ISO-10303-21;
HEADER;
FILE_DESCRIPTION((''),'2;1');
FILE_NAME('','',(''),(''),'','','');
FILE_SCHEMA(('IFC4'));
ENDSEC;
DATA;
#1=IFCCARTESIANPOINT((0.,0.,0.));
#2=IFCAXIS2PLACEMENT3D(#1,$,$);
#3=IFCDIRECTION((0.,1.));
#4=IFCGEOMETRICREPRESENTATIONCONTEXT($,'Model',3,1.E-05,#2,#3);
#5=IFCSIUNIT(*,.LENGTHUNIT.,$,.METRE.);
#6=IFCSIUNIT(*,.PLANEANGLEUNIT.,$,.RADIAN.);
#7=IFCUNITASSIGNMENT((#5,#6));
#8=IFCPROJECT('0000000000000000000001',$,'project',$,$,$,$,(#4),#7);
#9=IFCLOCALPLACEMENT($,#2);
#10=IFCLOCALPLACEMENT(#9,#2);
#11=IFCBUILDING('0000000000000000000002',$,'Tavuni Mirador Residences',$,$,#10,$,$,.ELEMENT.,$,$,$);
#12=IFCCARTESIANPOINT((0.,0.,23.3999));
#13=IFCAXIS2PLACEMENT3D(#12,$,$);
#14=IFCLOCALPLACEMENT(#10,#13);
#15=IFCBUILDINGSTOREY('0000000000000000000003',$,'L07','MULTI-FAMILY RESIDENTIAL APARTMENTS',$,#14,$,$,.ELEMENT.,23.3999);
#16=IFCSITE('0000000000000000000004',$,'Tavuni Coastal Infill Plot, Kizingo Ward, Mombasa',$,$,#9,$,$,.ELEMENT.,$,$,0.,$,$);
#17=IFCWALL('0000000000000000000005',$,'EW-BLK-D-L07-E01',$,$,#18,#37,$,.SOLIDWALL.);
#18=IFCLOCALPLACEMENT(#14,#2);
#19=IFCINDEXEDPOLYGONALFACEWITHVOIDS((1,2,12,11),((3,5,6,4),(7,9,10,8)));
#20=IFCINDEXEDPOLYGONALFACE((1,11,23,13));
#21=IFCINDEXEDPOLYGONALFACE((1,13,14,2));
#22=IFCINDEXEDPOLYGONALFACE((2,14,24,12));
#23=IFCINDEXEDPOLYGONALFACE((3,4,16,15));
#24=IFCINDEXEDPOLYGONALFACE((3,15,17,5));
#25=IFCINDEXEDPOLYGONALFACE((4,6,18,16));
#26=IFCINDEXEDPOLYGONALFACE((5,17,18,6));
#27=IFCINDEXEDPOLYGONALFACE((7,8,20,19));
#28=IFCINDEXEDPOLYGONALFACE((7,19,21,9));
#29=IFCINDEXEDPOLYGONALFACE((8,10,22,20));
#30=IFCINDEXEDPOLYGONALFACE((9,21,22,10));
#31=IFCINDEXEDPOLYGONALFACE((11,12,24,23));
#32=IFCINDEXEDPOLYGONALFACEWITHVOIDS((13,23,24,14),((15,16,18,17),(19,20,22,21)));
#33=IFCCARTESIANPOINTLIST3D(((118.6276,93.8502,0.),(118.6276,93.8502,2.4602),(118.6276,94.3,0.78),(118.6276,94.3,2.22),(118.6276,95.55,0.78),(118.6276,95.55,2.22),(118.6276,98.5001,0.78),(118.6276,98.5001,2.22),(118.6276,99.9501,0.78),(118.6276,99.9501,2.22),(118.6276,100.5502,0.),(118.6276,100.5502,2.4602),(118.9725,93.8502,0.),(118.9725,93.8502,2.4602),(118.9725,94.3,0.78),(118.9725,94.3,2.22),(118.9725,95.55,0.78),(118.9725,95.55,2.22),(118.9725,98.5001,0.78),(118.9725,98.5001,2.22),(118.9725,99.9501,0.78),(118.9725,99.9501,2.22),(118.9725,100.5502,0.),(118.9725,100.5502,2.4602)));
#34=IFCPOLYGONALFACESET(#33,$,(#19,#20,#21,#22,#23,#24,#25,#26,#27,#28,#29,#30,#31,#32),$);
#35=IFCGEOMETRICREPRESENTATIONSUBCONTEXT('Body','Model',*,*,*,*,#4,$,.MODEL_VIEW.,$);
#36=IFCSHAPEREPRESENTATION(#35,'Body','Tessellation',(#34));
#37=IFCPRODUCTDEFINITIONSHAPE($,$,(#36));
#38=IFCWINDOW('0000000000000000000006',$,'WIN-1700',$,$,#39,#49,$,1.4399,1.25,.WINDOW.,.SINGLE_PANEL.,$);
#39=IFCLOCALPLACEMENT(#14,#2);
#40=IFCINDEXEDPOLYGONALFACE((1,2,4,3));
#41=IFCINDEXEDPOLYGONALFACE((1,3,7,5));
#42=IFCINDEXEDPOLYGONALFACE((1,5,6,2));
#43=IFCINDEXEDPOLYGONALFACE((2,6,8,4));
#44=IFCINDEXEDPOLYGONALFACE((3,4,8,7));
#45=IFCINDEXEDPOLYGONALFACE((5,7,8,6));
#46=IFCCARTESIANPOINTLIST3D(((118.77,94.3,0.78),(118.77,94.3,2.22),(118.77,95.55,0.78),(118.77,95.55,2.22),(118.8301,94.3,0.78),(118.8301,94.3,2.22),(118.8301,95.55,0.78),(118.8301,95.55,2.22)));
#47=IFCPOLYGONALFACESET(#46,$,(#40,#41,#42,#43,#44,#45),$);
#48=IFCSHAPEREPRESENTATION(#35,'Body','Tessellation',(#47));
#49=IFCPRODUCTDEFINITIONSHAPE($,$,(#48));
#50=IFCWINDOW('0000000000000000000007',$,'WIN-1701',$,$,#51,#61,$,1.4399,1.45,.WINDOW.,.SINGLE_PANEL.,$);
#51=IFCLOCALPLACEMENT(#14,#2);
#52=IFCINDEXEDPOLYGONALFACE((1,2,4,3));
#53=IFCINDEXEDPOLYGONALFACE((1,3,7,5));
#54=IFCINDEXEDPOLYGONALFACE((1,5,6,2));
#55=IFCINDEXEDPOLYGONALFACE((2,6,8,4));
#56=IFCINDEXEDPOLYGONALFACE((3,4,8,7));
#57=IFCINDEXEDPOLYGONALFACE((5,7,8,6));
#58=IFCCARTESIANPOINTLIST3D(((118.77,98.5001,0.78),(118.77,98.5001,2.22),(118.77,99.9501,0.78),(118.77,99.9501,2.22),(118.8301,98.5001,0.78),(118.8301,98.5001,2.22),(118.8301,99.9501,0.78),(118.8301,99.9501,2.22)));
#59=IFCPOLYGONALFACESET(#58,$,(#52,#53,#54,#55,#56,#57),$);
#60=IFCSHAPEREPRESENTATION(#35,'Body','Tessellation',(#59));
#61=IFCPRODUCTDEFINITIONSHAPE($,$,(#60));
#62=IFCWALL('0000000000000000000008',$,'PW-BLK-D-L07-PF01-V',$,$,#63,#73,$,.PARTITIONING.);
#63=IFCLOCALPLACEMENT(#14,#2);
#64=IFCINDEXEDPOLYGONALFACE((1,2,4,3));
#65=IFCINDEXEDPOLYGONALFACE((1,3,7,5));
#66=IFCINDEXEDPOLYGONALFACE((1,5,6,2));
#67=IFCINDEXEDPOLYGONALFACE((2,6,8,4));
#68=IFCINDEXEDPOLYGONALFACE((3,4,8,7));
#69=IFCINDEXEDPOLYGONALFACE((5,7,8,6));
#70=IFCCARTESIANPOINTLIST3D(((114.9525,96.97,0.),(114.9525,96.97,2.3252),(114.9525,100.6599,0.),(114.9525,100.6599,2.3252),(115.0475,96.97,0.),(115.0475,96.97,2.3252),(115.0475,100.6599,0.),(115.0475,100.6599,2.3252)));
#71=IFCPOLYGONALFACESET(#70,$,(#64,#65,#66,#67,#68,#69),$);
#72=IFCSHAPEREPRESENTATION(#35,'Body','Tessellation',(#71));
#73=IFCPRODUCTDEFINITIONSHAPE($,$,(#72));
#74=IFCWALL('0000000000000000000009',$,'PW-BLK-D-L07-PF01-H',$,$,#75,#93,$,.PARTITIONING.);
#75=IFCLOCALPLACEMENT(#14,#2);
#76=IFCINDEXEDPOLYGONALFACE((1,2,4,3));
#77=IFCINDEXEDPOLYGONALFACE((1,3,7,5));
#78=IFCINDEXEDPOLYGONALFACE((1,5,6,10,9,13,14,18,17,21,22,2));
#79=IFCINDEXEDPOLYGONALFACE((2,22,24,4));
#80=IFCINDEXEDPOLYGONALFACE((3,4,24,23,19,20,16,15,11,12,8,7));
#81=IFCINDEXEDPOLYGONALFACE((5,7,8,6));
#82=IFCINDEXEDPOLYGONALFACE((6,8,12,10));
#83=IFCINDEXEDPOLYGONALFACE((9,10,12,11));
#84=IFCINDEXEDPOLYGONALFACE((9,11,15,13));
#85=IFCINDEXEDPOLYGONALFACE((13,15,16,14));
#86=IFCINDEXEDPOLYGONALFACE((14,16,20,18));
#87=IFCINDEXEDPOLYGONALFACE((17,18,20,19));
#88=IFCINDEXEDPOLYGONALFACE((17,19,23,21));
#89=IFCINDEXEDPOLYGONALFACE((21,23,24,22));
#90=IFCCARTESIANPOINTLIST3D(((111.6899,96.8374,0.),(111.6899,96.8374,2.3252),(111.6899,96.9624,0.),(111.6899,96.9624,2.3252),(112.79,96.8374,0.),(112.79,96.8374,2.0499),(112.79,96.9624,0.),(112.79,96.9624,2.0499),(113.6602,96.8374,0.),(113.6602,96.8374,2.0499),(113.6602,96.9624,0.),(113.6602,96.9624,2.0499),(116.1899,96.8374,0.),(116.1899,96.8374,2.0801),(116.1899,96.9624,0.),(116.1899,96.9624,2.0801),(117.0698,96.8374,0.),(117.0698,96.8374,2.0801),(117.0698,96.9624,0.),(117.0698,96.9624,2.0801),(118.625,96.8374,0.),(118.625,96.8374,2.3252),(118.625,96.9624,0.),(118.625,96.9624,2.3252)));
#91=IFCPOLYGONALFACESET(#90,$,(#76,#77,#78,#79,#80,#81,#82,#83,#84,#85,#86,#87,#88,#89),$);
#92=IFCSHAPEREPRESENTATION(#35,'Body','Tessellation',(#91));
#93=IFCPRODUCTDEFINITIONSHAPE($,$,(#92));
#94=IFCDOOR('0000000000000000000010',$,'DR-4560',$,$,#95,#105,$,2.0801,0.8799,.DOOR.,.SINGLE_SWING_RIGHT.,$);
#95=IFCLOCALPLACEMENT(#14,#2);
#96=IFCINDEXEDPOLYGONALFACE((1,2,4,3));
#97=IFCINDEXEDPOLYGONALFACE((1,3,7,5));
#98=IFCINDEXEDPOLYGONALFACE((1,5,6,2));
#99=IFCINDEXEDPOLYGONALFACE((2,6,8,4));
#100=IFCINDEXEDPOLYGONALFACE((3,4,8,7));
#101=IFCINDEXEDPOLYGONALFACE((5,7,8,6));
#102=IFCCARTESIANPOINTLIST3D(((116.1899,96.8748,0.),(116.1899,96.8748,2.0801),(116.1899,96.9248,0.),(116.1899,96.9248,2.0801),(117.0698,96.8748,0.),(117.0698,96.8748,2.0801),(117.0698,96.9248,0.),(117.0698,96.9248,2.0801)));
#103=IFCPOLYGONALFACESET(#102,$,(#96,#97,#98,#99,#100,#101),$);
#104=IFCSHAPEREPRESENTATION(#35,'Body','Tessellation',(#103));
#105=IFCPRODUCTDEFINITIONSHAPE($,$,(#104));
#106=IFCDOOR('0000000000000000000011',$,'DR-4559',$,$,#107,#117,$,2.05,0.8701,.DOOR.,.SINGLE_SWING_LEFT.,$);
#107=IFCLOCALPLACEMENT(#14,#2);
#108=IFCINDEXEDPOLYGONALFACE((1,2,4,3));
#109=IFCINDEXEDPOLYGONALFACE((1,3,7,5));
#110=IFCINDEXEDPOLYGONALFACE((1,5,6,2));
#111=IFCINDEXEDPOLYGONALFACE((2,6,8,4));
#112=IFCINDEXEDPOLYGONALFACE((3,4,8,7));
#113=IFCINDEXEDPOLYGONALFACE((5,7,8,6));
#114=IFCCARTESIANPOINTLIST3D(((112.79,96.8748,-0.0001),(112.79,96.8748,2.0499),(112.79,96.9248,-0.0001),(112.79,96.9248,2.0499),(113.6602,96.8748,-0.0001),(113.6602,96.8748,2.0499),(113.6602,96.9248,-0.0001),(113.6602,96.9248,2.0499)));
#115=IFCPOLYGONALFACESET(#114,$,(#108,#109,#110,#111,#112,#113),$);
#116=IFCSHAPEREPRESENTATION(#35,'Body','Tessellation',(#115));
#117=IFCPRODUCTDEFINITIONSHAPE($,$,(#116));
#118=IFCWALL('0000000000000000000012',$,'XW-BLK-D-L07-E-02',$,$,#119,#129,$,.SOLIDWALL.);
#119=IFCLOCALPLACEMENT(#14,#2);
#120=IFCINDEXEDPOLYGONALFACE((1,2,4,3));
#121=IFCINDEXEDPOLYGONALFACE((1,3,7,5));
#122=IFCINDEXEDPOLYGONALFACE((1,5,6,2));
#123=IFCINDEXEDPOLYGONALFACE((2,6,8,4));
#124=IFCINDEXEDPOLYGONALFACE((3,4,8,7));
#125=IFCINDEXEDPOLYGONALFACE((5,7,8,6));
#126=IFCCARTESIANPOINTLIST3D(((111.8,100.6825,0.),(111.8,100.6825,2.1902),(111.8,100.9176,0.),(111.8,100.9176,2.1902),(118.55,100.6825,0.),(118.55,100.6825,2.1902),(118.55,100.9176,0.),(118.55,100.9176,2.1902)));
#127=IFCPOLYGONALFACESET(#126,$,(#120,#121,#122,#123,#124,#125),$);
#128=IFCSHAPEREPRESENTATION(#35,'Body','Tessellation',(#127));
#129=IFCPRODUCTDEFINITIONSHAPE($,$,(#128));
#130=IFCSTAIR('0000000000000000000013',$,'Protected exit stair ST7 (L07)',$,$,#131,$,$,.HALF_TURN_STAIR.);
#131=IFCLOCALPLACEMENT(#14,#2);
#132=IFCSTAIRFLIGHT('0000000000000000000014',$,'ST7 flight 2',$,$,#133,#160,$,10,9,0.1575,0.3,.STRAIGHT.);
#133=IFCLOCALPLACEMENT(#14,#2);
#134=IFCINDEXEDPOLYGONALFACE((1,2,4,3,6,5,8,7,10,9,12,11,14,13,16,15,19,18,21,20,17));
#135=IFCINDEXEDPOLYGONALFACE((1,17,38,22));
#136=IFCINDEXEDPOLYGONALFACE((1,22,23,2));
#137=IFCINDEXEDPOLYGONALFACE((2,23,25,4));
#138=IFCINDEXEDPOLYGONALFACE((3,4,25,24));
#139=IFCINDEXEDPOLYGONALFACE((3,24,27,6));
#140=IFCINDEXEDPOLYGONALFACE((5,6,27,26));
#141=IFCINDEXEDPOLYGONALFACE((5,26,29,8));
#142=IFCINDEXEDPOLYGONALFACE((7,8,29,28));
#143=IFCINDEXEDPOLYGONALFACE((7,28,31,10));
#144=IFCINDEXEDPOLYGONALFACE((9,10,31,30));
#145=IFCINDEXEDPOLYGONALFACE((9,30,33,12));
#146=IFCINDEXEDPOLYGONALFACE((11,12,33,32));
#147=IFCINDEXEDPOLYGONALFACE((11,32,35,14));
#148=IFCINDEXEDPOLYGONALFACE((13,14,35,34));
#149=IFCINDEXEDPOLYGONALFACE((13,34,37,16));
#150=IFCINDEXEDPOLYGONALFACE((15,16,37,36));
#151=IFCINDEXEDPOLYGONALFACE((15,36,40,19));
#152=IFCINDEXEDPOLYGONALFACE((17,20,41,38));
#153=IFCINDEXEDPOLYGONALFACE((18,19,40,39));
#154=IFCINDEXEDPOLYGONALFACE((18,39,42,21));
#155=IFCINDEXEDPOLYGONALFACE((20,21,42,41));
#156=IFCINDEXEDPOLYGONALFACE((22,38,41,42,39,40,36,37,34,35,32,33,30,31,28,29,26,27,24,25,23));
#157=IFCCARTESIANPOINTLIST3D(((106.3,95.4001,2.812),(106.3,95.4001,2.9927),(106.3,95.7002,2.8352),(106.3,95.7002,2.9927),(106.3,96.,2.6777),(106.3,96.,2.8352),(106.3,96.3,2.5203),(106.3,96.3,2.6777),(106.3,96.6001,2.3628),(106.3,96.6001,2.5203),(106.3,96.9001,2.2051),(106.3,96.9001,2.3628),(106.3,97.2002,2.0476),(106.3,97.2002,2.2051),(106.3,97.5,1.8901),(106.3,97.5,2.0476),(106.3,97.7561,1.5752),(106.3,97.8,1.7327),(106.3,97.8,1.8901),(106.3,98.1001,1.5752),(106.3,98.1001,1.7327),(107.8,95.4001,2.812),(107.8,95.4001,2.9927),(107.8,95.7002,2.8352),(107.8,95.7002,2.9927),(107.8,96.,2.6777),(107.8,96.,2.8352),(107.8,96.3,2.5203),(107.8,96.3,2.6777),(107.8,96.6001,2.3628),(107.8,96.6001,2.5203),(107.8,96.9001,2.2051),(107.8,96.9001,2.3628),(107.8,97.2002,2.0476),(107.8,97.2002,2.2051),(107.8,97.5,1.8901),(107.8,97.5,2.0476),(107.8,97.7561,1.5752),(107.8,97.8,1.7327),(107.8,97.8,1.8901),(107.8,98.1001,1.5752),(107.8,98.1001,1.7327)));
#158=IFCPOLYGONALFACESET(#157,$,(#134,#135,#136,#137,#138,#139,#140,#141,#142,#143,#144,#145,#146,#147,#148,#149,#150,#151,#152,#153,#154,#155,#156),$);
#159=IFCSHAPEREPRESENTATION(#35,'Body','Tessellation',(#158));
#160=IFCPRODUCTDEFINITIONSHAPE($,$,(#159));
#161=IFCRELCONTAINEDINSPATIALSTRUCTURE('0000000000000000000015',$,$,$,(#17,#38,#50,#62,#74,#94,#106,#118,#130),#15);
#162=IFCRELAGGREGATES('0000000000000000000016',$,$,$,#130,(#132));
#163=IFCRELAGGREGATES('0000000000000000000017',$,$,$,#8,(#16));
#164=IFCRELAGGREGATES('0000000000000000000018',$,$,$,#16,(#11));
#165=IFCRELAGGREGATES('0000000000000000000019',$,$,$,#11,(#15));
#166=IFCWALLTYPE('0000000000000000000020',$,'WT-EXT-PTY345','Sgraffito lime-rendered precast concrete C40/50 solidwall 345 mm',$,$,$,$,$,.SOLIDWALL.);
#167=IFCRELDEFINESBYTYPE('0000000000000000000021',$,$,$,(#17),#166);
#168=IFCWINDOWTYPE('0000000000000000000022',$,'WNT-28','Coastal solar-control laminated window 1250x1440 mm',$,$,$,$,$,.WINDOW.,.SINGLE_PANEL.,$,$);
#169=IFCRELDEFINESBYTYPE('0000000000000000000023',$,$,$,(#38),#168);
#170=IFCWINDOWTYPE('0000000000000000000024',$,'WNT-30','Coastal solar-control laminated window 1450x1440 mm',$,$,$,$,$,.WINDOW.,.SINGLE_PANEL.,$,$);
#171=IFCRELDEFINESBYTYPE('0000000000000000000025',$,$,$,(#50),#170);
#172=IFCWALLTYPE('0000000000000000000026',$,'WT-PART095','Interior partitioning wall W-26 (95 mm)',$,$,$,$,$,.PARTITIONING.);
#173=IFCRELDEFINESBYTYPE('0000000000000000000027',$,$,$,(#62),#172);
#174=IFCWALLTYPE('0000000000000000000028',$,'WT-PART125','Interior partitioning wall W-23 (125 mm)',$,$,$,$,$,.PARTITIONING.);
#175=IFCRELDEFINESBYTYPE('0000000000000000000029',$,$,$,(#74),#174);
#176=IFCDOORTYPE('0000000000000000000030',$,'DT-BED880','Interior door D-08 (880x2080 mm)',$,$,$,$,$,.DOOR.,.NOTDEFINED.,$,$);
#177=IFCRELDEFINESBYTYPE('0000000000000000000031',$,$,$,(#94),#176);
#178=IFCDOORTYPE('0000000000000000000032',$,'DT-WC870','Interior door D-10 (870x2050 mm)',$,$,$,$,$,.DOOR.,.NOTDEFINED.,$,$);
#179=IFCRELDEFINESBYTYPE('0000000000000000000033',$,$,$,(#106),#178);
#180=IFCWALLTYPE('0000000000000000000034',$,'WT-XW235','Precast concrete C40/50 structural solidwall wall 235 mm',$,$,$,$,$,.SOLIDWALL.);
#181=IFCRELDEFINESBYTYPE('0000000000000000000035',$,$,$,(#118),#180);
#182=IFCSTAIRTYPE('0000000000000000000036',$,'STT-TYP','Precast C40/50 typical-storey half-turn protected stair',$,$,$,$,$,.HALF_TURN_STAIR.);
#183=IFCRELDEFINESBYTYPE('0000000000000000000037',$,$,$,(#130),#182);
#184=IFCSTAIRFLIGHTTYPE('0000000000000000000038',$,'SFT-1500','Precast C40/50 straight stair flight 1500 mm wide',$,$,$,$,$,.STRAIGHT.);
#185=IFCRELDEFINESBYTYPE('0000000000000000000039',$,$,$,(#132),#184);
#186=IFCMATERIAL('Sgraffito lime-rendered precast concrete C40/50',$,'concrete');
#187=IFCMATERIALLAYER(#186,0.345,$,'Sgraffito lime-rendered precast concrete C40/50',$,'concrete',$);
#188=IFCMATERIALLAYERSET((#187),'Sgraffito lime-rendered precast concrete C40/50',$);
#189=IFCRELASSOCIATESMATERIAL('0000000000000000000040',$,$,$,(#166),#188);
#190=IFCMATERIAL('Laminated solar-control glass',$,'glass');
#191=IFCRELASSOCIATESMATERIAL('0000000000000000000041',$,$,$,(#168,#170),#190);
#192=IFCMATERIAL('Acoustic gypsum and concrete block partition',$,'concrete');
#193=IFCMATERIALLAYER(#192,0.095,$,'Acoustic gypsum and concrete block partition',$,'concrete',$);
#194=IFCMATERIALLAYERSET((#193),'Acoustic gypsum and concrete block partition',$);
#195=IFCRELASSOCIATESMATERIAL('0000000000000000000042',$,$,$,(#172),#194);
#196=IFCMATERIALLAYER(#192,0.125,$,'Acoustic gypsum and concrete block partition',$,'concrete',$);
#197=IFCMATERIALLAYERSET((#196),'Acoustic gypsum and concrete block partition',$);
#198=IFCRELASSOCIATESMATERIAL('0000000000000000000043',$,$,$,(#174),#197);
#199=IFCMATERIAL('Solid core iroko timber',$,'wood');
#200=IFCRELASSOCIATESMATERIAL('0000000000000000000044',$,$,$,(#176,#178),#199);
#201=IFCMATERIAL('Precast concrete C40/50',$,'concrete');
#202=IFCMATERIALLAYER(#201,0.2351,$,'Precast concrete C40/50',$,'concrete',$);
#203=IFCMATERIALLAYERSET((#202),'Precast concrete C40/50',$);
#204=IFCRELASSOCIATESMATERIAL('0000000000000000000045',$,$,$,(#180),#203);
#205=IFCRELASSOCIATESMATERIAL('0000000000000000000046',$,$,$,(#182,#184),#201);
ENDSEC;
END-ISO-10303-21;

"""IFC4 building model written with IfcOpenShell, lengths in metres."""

from ifc_helpers import new_model, si_unit, direction, frame, frame_2d, origin, place, context, subcontext, project, spatial, polyline, rectangle, outline, extrude, material, layer, layer_set, type_object, element, fill, aggregate, save


model = new_model("IFC4")

# Units and contexts
model_context = context("Model", 3, precision=1e-05, world=origin(), true_north=direction((0.0, 1.0)))
body_context = subcontext(model_context, "Body", "Model", "MODEL_VIEW")
ifc_project = project(units=[si_unit("LENGTHUNIT", "METRE"), si_unit("PLANEANGLEUNIT", "RADIAN")], contexts=[model_context])

# Site, building, storey
site_placement = place(None, origin())
site = spatial("IfcSite", under=ifc_project, at=site_placement, Name="Tavuni Coastal Infill Plot, Kizingo Ward, Mombasa", CompositionType="ELEMENT", RefElevation=0.0)
building_placement = place(site_placement, origin())
building = spatial("IfcBuilding", under=site, at=building_placement, Name="Tavuni Mirador Residences", CompositionType="ELEMENT")
storey_placement = place(building_placement, frame((0.0, 0.0, 23.3999)))
storey = spatial("IfcBuildingStorey", under=building, at=storey_placement, Name="L07", Description="MULTI-FAMILY RESIDENTIAL APARTMENTS", CompositionType="ELEMENT", Elevation=23.3999)

# Shared definitions
ifc_material_1 = material(Name="Precast concrete C40/50", Category="concrete")

# Shared definitions
ifc_material_2 = material(Name="Solid core iroko timber", Category="wood")

# Wall, openings, windows
ifc_material_3 = material(Name="Sgraffito lime-rendered precast concrete C40/50", Category="concrete")
ifc_layer_1 = layer(ifc_material_3, 0.345, Name="Sgraffito lime-rendered precast concrete C40/50", Category="concrete")
ifc_layer_set_1 = layer_set([ifc_layer_1], Name="Sgraffito lime-rendered precast concrete C40/50")
wall_type_1 = type_object("IfcWallType", Name="WT-EXT-PTY345", Description="Sgraffito lime-rendered precast concrete C40/50 solidwall 345 mm", PredefinedType="SOLIDWALL", material=ifc_layer_set_1)
wall_1_placement = place(storey_placement, frame((118.8, 93.8501, 0.0), z_axis=(0.0, 0.0, 1.0), x_axis=(0.0, 1.0, 0.0)))
wall_1 = element("IfcWall", 1, at=wall_1_placement, inside=storey, type_object=wall_type_1, Name="EW-BLK-D-L07-E01", PredefinedType="SOLIDWALL", context=body_context, shape_type="SweptSolid", body=[
    extrude(rectangle(XDim=6.7, YDim=0.345, at=frame_2d((3.3501, 0.0))), origin(), (0.0, 0.0, 1.0), 2.4602),
])
opening_1_placement = place(wall_1_placement, frame((0.45, 0.0, 0.78)))
opening_1 = element("IfcOpeningElement", 2, at=opening_1_placement, cuts=wall_1, PredefinedType="OPENING", context=body_context, shape_type="SweptSolid", body=[
    extrude(rectangle(XDim=1.25, YDim=1.4399, at=frame_2d((0.625, 0.72))), frame((0.0, 0.1826, 0.0), z_axis=(0.0, -1.0, 0.0), x_axis=(1.0, 0.0, 0.0)), (0.0, 0.0, 1.0), 0.365),
])
opening_2_placement = place(wall_1_placement, frame((4.6499, 0.0, 0.78)))
opening_2 = element("IfcOpeningElement", 3, at=opening_2_placement, cuts=wall_1, PredefinedType="OPENING", context=body_context, shape_type="SweptSolid", body=[
    extrude(rectangle(XDim=1.45, YDim=1.4399, at=frame_2d((0.7251, 0.72))), frame((0.0, 0.1826, 0.0), z_axis=(0.0, -1.0, 0.0), x_axis=(1.0, 0.0, 0.0)), (0.0, 0.0, 1.0), 0.365),
])
ifc_material_4 = material(Name="Laminated solar-control glass", Category="glass")
window_type_1 = type_object("IfcWindowType", Name="WNT-28", Description="Coastal solar-control laminated window 1250x1440 mm", PartitioningType="SINGLE_PANEL", PredefinedType="WINDOW", material=ifc_material_4)
window_1_placement = place(opening_1_placement, origin())
window_1 = element("IfcWindow", 4, at=window_1_placement, inside=storey, type_object=window_type_1, Name="WIN-1700", OverallHeight=1.4399, OverallWidth=1.25, PartitioningType="SINGLE_PANEL", PredefinedType="WINDOW", context=body_context, shape_type="SweptSolid", body=[
    extrude(rectangle(XDim=1.25, YDim=1.4399, at=frame_2d((0.625, 0.72))), frame((0.0, 0.03, 0.0), z_axis=(0.0, -1.0, 0.0), x_axis=(1.0, 0.0, 0.0)), (0.0, 0.0, 1.0), 0.0601),
])
fill(opening_1, window_1)
window_type_2 = type_object("IfcWindowType", Name="WNT-30", Description="Coastal solar-control laminated window 1450x1440 mm", PartitioningType="SINGLE_PANEL", PredefinedType="WINDOW", material=ifc_material_4)
window_2_placement = place(opening_2_placement, origin())
window_2 = element("IfcWindow", 5, at=window_2_placement, inside=storey, type_object=window_type_2, Name="WIN-1701", OverallHeight=1.4399, OverallWidth=1.45, PartitioningType="SINGLE_PANEL", PredefinedType="WINDOW", context=body_context, shape_type="SweptSolid", body=[
    extrude(rectangle(XDim=1.45, YDim=1.4399, at=frame_2d((0.7251, 0.72))), frame((0.0, 0.03, 0.0), z_axis=(0.0, -1.0, 0.0), x_axis=(1.0, 0.0, 0.0)), (0.0, 0.0, 1.0), 0.0601),
])
fill(opening_2, window_2)

# Wall
ifc_material_5 = material(Name="Acoustic gypsum and concrete block partition", Category="concrete")
ifc_layer_2 = layer(ifc_material_5, 0.095, Name="Acoustic gypsum and concrete block partition", Category="concrete")
ifc_layer_set_2 = layer_set([ifc_layer_2], Name="Acoustic gypsum and concrete block partition")
wall_type_2 = type_object("IfcWallType", Name="WT-PART095", Description="Interior partitioning wall W-26 (95 mm)", PredefinedType="PARTITIONING", material=ifc_layer_set_2)
wall_2_placement = place(storey_placement, frame((115.0, 96.97, 0.0), z_axis=(0.0, 0.0, 1.0), x_axis=(0.0, 1.0, 0.0)))
element("IfcWall", 6, at=wall_2_placement, inside=storey, type_object=wall_type_2, Name="PW-BLK-D-L07-PF01-V", PredefinedType="PARTITIONING", context=body_context, shape_type="SweptSolid", body=[
    extrude(rectangle(XDim=3.6899, YDim=0.095, at=frame_2d((1.845, 0.0))), origin(), (0.0, 0.0, 1.0), 2.3252),
])

# Wall, openings, doors
ifc_layer_3 = layer(ifc_material_5, 0.125, Name="Acoustic gypsum and concrete block partition", Category="concrete")
ifc_layer_set_3 = layer_set([ifc_layer_3], Name="Acoustic gypsum and concrete block partition")
wall_type_3 = type_object("IfcWallType", Name="WT-PART125", Description="Interior partitioning wall W-23 (125 mm)", PredefinedType="PARTITIONING", material=ifc_layer_set_3)
wall_3_placement = place(storey_placement, frame((111.6899, 96.8999, 0.0), z_axis=(0.0, 0.0, 1.0), x_axis=(1.0, 0.0, 0.0)))
wall_3 = element("IfcWall", 7, at=wall_3_placement, inside=storey, type_object=wall_type_3, Name="PW-BLK-D-L07-PF01-H", PredefinedType="PARTITIONING", context=body_context, shape_type="SweptSolid", body=[
    extrude(rectangle(XDim=6.9351, YDim=0.125, at=frame_2d((3.4675, 0.0))), origin(), (0.0, 0.0, 1.0), 2.3252),
])
opening_3_placement = place(wall_3_placement, frame((1.1001, 0.0, 0.0)))
opening_3 = element("IfcOpeningElement", 8, at=opening_3_placement, cuts=wall_3, PredefinedType="OPENING", context=body_context, shape_type="SweptSolid", body=[
    extrude(rectangle(XDim=0.8701, YDim=2.05, at=frame_2d((0.4351, 1.0249))), frame((0.0, 0.0725, 0.0), z_axis=(0.0, -1.0, 0.0), x_axis=(1.0, 0.0, 0.0)), (0.0, 0.0, 1.0), 0.145),
])
opening_4_placement = place(wall_3_placement, frame((4.5, 0.0, 0.0)))
opening_4 = element("IfcOpeningElement", 9, at=opening_4_placement, cuts=wall_3, PredefinedType="OPENING", context=body_context, shape_type="SweptSolid", body=[
    extrude(rectangle(XDim=0.8799, YDim=2.0801, at=frame_2d((0.4399, 1.04))), frame((0.0, 0.0725, 0.0), z_axis=(0.0, -1.0, 0.0), x_axis=(1.0, 0.0, 0.0)), (0.0, 0.0, 1.0), 0.145),
])
door_type_1 = type_object("IfcDoorType", Name="DT-BED880", Description="Interior door D-08 (880x2080 mm)", OperationType="NOTDEFINED", PredefinedType="DOOR", material=ifc_material_2)
door_1_placement = place(opening_4_placement, origin())
door_1 = element("IfcDoor", 10, at=door_1_placement, inside=storey, type_object=door_type_1, Name="DR-4560", OperationType="SINGLE_SWING_RIGHT", OverallHeight=2.0801, OverallWidth=0.8799, PredefinedType="DOOR", context=body_context, shape_type="SweptSolid", body=[
    extrude(rectangle(XDim=0.8799, YDim=2.0801, at=frame_2d((0.4399, 1.04))), frame((0.0, 0.0249, 0.0), z_axis=(0.0, -1.0, 0.0), x_axis=(1.0, 0.0, 0.0)), (0.0, 0.0, 1.0), 0.05),
])
fill(opening_4, door_1)
door_type_2 = type_object("IfcDoorType", Name="DT-WC870", Description="Interior door D-10 (870x2050 mm)", OperationType="NOTDEFINED", PredefinedType="DOOR", material=ifc_material_2)
door_2_placement = place(opening_3_placement, origin())
door_2 = element("IfcDoor", 11, at=door_2_placement, inside=storey, type_object=door_type_2, Name="DR-4559", OperationType="SINGLE_SWING_LEFT", OverallHeight=2.05, OverallWidth=0.8701, PredefinedType="DOOR", context=body_context, shape_type="SweptSolid", body=[
    extrude(rectangle(XDim=0.8701, YDim=2.05, at=frame_2d((0.4351, 1.0249))), frame((0.0, 0.0249, 0.0), z_axis=(0.0, -1.0, 0.0), x_axis=(1.0, 0.0, 0.0)), (0.0, 0.0, 1.0), 0.05),
])
fill(opening_3, door_2)

# Shared definitions
ifc_layer_4 = layer(ifc_material_1, 0.2351, Name="Precast concrete C40/50", Category="concrete")
ifc_layer_set_4 = layer_set([ifc_layer_4], Name="Precast concrete C40/50")
wall_type_4 = type_object("IfcWallType", Name="WT-XW235", Description="Precast concrete C40/50 structural solidwall wall 235 mm", PredefinedType="SOLIDWALL", material=ifc_layer_set_4)

# Wall
wall_4_placement = place(storey_placement, frame((111.8, 100.8, 0.0), z_axis=(0.0, 0.0, 1.0), x_axis=(1.0, 0.0, 0.0)))
element("IfcWall", 12, at=wall_4_placement, inside=storey, type_object=wall_type_4, Name="XW-BLK-D-L07-E-02", PredefinedType="SOLIDWALL", context=body_context, shape_type="SweptSolid", body=[
    extrude(rectangle(XDim=6.75, YDim=0.2351, at=frame_2d((3.375, 0.0))), origin(), (0.0, 0.0, 1.0), 2.1902),
])

# Stair, stair flight
stair_type = type_object("IfcStairType", Name="STT-TYP", Description="Precast C40/50 typical-storey half-turn protected stair", PredefinedType="HALF_TURN_STAIR", material=ifc_material_1)
stair_placement = place(storey_placement, origin())
stair = element("IfcStair", 13, at=stair_placement, inside=storey, type_object=stair_type, Name="Protected exit stair ST7 (L07)", PredefinedType="HALF_TURN_STAIR")
stair_flight_type = type_object("IfcStairFlightType", Name="SFT-1500", Description="Precast C40/50 straight stair flight 1500 mm wide", PredefinedType="STRAIGHT", material=ifc_material_1)
stair_flight_placement = place(storey_placement, frame((107.05, 98.1001, 1.5752), z_axis=(0.0, 0.0, 1.0), x_axis=(0.0, -1.0, 0.0)))
stair_flight = element("IfcStairFlight", 14, at=stair_flight_placement, type_object=stair_flight_type, Name="ST7 flight 2", NumberOfRisers=10, NumberOfTreads=9, PredefinedType="STRAIGHT", RiserHeight=0.1575, TreadLength=0.3, context=body_context, shape_type="SweptSolid", body=[
    extrude(outline(polyline([(0.0, 0.0), (0.0, 0.1575), (0.3, 0.1575), (0.3, 0.3149), (0.6001, 0.3149), (0.6001, 0.4724), (0.8999, 0.4724), (0.8999, 0.6299), (1.2, 0.6299), (1.2, 0.7876), (1.5, 0.7876), (1.5, 0.9451), (1.8, 0.9451), (1.8, 1.1025), (2.1001, 1.1025), (2.1001, 1.26), (2.3999, 1.26), (2.3999, 1.4175), (2.7, 1.4175), (2.7, 1.575), (2.7, 1.2368), (0.344, 0.0), (0.0, 0.0)])), frame((0.0, 0.75, 0.0), z_axis=(0.0, -1.0, 0.0), x_axis=(1.0, 0.0, 0.0)), (0.0, 0.0, 1.0), 1.5),
])
aggregate(stair, [stair_flight])

save(model, "model.ifc")
